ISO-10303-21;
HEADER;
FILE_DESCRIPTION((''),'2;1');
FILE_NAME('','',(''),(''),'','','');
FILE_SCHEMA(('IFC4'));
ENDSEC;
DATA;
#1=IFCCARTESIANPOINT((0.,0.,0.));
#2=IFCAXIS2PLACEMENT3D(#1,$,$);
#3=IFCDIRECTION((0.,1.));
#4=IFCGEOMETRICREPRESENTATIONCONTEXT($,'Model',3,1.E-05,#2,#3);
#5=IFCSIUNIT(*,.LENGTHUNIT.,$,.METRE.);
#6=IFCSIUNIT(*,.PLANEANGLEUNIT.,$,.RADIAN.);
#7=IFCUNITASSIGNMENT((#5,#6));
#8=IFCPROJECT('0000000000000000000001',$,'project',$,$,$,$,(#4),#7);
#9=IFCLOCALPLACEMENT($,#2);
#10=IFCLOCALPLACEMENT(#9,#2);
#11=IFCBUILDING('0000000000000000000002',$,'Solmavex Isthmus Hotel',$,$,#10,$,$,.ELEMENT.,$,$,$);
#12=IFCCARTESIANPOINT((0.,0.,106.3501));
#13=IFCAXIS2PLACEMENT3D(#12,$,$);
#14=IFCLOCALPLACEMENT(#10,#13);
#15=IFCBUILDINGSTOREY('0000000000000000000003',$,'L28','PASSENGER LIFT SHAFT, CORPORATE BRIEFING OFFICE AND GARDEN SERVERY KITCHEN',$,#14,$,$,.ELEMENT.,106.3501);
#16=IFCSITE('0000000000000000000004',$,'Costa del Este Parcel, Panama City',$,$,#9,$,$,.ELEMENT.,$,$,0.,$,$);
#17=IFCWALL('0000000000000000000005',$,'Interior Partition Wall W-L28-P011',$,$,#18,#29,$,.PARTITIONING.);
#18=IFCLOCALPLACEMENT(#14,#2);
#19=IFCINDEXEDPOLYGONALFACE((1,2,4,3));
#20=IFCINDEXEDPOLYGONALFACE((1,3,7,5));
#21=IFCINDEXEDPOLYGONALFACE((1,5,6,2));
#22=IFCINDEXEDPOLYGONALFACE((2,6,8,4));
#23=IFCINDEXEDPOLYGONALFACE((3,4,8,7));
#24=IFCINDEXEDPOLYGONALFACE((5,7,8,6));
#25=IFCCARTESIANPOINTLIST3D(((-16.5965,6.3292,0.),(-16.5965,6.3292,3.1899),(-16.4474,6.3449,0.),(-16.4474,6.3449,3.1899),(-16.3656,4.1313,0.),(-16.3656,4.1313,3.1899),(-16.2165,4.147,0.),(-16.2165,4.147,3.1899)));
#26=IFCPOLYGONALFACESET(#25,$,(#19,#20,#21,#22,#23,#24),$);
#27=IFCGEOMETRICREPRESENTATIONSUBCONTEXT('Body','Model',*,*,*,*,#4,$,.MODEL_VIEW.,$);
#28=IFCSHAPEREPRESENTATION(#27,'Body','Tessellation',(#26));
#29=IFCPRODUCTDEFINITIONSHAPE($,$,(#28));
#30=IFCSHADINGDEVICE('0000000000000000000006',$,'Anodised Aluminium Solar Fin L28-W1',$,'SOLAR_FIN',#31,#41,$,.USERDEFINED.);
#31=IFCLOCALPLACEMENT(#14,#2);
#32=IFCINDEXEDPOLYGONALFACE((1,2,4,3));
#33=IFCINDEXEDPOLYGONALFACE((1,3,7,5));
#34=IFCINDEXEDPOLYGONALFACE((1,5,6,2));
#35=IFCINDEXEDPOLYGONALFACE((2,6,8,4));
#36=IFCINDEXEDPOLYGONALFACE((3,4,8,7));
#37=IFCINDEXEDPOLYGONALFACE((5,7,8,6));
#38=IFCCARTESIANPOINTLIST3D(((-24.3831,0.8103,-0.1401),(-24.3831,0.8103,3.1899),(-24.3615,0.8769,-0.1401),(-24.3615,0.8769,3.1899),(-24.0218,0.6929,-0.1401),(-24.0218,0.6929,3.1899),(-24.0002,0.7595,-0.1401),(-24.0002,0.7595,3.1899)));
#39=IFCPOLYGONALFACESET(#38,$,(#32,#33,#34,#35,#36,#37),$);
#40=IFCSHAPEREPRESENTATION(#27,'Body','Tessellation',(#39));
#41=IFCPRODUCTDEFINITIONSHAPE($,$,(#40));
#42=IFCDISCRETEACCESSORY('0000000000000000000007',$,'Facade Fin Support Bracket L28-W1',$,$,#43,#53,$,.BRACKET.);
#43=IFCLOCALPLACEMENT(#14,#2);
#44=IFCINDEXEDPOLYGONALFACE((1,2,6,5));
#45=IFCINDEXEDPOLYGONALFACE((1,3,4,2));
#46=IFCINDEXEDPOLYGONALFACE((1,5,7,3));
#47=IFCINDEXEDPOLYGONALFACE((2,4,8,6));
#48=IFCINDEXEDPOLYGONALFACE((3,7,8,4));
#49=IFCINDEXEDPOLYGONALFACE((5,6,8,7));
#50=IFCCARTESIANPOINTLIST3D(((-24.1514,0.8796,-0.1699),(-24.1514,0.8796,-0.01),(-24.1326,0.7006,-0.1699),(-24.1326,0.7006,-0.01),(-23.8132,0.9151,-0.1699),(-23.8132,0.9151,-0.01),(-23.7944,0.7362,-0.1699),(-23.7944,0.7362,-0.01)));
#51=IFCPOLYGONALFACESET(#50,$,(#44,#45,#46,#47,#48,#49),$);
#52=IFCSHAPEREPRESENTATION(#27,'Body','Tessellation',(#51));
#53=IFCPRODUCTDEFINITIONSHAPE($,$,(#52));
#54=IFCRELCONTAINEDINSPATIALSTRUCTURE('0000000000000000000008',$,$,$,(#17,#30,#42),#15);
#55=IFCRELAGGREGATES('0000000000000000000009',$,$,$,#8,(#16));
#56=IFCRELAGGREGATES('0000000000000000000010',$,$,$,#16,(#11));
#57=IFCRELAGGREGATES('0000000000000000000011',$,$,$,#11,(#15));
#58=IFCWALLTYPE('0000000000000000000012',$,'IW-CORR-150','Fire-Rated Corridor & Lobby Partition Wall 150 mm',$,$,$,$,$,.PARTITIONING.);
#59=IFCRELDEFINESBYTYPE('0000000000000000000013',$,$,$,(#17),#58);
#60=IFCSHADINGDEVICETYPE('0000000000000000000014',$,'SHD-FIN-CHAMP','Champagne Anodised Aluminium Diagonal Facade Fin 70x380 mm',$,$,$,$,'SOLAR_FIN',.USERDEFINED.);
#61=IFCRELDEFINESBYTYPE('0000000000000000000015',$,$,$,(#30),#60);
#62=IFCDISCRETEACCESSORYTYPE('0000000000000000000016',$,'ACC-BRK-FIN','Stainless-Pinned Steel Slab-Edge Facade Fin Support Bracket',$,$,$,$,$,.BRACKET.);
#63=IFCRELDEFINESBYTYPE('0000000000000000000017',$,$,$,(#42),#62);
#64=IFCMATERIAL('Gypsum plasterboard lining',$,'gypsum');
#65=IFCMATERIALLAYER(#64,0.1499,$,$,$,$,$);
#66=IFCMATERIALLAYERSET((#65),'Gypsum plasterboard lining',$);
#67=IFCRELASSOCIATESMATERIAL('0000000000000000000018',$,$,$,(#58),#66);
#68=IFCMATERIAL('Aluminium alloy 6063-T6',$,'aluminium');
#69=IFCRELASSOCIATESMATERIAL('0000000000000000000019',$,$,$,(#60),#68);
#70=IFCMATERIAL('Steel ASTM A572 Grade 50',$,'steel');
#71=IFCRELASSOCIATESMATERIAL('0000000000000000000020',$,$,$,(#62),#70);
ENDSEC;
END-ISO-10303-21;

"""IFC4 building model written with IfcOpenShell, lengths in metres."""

from ifc_helpers import new_model, si_unit, direction, frame, frame_2d, origin, origin_2d, place, context, subcontext, project, spatial, rectangle, extrude, material, layer, layer_set, type_object, element, save


model = new_model("IFC4")

# Units and contexts
model_context = context("Model", 3, precision=1e-05, world=origin(), true_north=direction((0.0, 1.0)))
body_context = subcontext(model_context, "Body", "Model", "MODEL_VIEW")
ifc_project = project(units=[si_unit("LENGTHUNIT", "METRE"), si_unit("PLANEANGLEUNIT", "RADIAN")], contexts=[model_context])

# Site, building, storey
site_placement = place(None, origin())
site = spatial("IfcSite", under=ifc_project, at=site_placement, Name="Costa del Este Parcel, Panama City", CompositionType="ELEMENT", RefElevation=0.0)
building_placement = place(site_placement, origin())
building = spatial("IfcBuilding", under=site, at=building_placement, Name="Solmavex Isthmus Hotel", CompositionType="ELEMENT")
storey_placement = place(building_placement, frame((0.0, 0.0, 106.3501)))
storey = spatial("IfcBuildingStorey", under=building, at=storey_placement, Name="L28", Description="PASSENGER LIFT SHAFT, CORPORATE BRIEFING OFFICE AND GARDEN SERVERY KITCHEN", CompositionType="ELEMENT", Elevation=106.3501)

# Shared definitions
ifc_material_1 = material(Name="Aluminium alloy 6063-T6", Category="aluminium")

# Shared definitions
ifc_material_2 = material(Name="Gypsum plasterboard lining", Category="gypsum")

# Shared definitions
ifc_layer_1 = layer(ifc_material_2, 0.1499)
ifc_layer_set_1 = layer_set([ifc_layer_1], Name="Gypsum plasterboard lining")
wall_type_1 = type_object("IfcWallType", Name="IW-CORR-150", Description="Fire-Rated Corridor & Lobby Partition Wall 150 mm", PredefinedType="PARTITIONING", material=ifc_layer_set_1)

# Wall
wall_1_placement = place(storey_placement, frame((-16.291, 4.1392, 0.0), z_axis=(0.0, 0.0, 1.0), x_axis=(-0.104512, 0.994524, 0.0)))
element("IfcWall", 1, at=wall_1_placement, inside=storey, type_object=wall_type_1, Name="Interior Partition Wall W-L28-P011", PredefinedType="PARTITIONING", context=body_context, shape_type="SweptSolid", body=[
    extrude(rectangle(XDim=2.21, YDim=0.1499, at=frame_2d((1.105, 0.0))), origin(), (0.0, 0.0, 1.0), 3.1899),
])

# Shading device
shading_device_type = type_object("IfcShadingDeviceType", Name="SHD-FIN-CHAMP", Description="Champagne Anodised Aluminium Diagonal Facade Fin 70x380 mm", ElementType="SOLAR_FIN", PredefinedType="USERDEFINED", material=ifc_material_1)
shading_device_placement = place(storey_placement, frame((-24.1917, 0.7849, -0.1401), z_axis=(0.0, 0.0, 1.0), x_axis=(-0.951057, 0.309017, 0.0)))
element("IfcShadingDevice", 2, at=shading_device_placement, inside=storey, type_object=shading_device_type, Name="Anodised Aluminium Solar Fin L28-W1", ObjectType="SOLAR_FIN", PredefinedType="USERDEFINED", context=body_context, shape_type="SweptSolid", body=[
    extrude(rectangle(XDim=0.3799, YDim=0.0701, at=origin_2d()), origin(), (0.0, 0.0, 1.0), 3.3301),
])

# Discrete accessory
ifc_material_3 = material(Name="Steel ASTM A572 Grade 50", Category="steel")
discrete_accessory_type = type_object("IfcDiscreteAccessoryType", Name="ACC-BRK-FIN", Description="Stainless-Pinned Steel Slab-Edge Facade Fin Support Bracket", PredefinedType="BRACKET", material=ifc_material_3)
discrete_accessory_placement = place(storey_placement, frame((-23.9729, 0.8079, -0.1699), z_axis=(0.0, 0.0, 1.0), x_axis=(-0.994522, -0.104528, 0.0)))
element("IfcDiscreteAccessory", 3, at=discrete_accessory_placement, inside=storey, type_object=discrete_accessory_type, Name="Facade Fin Support Bracket L28-W1", PredefinedType="BRACKET", context=body_context, shape_type="SweptSolid", body=[
    extrude(rectangle(XDim=0.3401, YDim=0.1799, at=origin_2d()), origin(), (0.0, 0.0, 1.0), 0.1599),
])

save(model, "model.ifc")
